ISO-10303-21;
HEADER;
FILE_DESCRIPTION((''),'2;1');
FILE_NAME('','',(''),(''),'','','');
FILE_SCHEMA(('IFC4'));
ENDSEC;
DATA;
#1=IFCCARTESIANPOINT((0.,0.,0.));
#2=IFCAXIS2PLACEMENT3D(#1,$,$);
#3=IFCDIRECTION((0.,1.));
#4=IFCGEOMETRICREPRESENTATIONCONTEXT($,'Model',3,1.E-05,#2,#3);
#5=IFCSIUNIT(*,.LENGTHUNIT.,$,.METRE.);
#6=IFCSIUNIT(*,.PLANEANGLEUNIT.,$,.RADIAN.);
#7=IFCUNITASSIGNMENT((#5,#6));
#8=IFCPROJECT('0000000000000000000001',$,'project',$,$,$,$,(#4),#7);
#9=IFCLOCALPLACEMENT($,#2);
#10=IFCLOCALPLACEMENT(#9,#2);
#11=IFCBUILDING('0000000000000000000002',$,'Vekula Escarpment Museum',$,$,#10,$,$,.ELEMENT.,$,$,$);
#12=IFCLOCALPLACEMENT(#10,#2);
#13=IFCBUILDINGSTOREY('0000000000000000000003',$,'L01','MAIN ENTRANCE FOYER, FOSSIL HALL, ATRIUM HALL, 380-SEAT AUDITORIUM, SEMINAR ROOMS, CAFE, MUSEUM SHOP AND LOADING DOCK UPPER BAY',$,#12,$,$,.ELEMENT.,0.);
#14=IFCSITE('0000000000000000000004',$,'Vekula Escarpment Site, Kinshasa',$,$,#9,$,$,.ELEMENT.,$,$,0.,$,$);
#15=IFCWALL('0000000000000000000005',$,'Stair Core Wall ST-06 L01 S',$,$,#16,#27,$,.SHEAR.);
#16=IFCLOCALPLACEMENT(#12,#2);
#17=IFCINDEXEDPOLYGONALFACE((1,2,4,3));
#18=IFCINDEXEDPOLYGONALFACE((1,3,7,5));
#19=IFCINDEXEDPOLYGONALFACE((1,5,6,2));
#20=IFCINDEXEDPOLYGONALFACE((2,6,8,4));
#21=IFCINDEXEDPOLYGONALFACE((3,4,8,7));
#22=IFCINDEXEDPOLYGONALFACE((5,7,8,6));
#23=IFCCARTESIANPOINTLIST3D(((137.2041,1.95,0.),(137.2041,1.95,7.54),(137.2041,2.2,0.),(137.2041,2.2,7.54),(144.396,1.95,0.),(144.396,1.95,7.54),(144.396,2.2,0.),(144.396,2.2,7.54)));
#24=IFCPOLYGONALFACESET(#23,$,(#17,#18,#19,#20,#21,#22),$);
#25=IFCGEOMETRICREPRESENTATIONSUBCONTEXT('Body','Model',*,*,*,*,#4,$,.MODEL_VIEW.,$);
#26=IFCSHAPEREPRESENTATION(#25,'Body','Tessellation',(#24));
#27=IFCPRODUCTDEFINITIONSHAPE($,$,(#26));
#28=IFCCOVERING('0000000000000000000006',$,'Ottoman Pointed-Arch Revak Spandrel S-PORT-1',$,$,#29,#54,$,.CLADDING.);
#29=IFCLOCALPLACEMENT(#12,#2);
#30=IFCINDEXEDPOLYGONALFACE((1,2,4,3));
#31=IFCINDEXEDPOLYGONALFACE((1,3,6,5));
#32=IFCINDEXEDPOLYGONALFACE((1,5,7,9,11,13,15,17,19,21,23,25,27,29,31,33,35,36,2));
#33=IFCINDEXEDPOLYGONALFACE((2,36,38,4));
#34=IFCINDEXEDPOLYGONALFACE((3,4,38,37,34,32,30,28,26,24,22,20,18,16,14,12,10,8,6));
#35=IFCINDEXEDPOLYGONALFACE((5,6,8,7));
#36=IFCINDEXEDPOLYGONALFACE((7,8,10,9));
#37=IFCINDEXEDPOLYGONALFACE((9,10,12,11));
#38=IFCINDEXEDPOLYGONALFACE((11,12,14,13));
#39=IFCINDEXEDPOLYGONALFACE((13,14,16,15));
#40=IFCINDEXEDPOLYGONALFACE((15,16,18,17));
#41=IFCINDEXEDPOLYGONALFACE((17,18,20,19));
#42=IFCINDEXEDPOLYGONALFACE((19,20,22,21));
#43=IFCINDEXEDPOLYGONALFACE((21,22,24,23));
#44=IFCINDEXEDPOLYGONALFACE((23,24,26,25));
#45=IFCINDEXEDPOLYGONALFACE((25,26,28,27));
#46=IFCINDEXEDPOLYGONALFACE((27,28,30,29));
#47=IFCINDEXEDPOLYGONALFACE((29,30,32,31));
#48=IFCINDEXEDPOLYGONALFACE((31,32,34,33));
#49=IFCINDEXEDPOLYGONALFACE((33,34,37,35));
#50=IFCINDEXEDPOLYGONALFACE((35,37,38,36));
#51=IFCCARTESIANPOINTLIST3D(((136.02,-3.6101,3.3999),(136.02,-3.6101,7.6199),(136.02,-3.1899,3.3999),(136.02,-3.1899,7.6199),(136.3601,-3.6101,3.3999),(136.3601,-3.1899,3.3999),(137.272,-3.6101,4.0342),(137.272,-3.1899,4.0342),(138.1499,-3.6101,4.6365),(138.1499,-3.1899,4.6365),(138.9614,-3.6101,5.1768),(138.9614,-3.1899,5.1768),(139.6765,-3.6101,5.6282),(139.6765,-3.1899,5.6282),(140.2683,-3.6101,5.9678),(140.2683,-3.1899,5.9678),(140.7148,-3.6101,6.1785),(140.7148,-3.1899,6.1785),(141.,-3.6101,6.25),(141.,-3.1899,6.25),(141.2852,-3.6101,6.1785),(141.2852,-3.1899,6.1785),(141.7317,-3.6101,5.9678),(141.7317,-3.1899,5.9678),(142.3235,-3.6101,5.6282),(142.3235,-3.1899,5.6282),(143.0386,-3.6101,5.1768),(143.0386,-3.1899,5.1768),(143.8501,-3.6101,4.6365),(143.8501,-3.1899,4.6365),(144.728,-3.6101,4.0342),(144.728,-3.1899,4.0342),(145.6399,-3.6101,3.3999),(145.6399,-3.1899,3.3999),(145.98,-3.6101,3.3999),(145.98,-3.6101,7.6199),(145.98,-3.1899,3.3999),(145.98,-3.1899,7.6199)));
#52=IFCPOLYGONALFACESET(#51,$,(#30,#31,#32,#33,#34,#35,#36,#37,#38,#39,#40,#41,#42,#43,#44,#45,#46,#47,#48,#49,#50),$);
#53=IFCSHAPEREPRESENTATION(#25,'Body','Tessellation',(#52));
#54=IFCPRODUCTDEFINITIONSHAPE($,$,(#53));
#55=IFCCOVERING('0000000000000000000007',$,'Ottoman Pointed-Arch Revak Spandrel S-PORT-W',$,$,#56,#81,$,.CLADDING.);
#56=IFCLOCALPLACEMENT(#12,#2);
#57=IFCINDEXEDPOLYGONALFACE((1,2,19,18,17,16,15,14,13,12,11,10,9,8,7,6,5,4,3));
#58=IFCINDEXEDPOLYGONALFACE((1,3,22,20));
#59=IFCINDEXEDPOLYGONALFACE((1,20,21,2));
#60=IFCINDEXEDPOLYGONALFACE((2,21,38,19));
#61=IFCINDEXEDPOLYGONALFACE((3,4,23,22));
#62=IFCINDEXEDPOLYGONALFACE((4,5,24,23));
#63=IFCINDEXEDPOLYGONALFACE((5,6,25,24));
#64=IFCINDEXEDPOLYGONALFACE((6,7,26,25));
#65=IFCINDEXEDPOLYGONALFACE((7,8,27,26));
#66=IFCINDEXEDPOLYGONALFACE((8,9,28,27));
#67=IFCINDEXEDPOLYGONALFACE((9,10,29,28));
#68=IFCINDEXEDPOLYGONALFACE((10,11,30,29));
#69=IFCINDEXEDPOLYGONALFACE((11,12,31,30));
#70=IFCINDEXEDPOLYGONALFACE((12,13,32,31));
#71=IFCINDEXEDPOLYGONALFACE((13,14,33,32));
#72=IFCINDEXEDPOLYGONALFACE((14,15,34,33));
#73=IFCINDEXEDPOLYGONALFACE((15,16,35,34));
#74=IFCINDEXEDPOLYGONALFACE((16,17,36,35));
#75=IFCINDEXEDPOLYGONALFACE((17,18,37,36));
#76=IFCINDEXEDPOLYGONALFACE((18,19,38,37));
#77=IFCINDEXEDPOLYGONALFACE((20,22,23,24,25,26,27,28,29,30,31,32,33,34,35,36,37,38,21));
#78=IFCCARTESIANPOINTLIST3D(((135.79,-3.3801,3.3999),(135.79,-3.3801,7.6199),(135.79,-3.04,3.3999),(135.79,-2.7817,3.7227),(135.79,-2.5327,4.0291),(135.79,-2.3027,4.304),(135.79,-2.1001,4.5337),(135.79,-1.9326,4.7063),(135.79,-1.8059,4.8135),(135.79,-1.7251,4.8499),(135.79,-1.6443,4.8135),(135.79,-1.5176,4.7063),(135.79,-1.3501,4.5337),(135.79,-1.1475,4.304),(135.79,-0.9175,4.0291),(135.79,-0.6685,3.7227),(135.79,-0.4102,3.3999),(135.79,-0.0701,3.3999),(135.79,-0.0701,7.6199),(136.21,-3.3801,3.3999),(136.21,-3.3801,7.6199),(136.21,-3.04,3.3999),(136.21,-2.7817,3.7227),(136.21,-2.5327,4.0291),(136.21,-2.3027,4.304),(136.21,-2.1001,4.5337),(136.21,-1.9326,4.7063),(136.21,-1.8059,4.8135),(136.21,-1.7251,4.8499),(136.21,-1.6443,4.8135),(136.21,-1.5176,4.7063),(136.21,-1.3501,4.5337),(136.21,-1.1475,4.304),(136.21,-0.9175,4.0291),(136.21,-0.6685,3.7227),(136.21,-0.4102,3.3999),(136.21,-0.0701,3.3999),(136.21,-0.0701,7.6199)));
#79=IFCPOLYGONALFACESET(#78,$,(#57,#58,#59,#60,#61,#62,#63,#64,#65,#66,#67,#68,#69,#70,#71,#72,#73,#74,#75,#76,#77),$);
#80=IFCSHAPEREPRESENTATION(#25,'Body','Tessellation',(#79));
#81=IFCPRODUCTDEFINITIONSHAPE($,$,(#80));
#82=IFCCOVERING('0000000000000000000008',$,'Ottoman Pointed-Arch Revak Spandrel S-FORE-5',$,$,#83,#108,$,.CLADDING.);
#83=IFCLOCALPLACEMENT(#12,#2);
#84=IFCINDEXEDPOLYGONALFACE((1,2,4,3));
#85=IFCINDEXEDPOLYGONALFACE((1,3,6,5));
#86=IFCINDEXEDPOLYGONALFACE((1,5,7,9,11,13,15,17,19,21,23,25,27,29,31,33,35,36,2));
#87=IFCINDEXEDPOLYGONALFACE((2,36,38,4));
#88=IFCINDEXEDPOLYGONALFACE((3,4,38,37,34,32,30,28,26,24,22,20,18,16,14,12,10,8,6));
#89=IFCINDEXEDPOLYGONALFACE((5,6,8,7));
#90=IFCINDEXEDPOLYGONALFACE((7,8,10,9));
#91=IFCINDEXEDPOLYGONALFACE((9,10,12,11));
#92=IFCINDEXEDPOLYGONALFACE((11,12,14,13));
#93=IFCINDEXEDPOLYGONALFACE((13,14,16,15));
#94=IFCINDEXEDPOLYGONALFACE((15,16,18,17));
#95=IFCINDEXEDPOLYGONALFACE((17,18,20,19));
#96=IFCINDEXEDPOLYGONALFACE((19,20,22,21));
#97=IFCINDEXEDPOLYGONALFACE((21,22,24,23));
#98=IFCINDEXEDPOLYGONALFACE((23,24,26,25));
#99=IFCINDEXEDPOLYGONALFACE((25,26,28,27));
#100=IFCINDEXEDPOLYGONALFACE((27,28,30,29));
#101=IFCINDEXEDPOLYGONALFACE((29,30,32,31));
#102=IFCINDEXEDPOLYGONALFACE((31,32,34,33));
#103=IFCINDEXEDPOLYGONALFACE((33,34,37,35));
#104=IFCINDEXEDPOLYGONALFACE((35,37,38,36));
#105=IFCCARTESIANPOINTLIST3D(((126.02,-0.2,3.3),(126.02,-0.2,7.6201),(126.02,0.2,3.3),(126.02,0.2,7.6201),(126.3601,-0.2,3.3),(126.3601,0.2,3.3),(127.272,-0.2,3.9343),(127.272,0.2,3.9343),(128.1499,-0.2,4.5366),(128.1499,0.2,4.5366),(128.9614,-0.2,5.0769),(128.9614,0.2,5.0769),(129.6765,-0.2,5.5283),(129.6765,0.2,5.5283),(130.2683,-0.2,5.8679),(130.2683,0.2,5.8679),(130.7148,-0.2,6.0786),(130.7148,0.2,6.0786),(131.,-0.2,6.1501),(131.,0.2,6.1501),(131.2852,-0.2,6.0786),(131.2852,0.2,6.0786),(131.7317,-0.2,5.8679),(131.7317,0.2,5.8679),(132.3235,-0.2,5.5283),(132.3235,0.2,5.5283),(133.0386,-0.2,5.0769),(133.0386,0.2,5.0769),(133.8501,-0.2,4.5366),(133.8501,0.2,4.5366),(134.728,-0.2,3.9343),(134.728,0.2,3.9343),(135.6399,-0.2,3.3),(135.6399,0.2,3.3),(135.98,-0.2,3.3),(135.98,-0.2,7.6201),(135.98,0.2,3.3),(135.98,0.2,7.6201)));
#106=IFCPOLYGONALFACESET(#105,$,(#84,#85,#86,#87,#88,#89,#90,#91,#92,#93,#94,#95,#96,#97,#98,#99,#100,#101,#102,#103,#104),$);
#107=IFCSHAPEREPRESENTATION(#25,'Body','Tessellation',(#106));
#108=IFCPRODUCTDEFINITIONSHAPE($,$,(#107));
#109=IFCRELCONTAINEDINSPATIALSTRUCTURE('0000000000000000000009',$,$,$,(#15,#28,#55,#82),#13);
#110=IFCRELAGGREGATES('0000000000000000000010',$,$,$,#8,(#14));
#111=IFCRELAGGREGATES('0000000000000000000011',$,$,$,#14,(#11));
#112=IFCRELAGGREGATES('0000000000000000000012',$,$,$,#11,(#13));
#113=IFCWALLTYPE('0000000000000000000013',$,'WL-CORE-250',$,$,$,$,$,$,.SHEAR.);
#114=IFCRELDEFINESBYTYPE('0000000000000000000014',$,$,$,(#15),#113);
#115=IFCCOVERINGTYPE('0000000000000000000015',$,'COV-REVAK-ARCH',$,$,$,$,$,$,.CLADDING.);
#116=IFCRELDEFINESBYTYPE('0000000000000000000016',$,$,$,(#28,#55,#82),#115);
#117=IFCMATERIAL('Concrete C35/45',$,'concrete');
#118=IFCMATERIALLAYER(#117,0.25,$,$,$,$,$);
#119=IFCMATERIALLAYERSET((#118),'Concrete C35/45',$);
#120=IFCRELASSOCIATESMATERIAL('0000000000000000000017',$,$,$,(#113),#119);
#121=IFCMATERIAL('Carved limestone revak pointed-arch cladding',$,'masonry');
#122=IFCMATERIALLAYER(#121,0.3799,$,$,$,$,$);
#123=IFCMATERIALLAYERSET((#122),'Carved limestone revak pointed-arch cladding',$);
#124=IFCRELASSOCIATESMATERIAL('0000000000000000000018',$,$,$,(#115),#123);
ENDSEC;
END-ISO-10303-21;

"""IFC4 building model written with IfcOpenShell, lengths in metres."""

from ifc_helpers import new_model, si_unit, direction, frame, frame_2d, origin, place, context, subcontext, project, spatial, polyline, rectangle, outline, extrude, material, layer, layer_set, type_object, element, save


model = new_model("IFC4")

# Units and contexts
model_context = context("Model", 3, precision=1e-05, world=origin(), true_north=direction((0.0, 1.0)))
body_context = subcontext(model_context, "Body", "Model", "MODEL_VIEW")
ifc_project = project(units=[si_unit("LENGTHUNIT", "METRE"), si_unit("PLANEANGLEUNIT", "RADIAN")], contexts=[model_context])

# Site, building, storey
site_placement = place(None, origin())
site = spatial("IfcSite", under=ifc_project, at=site_placement, Name="Vekula Escarpment Site, Kinshasa", CompositionType="ELEMENT", RefElevation=0.0)
building_placement = place(site_placement, origin())
building = spatial("IfcBuilding", under=site, at=building_placement, Name="Vekula Escarpment Museum", CompositionType="ELEMENT")
storey_placement = place(building_placement, origin())
storey = spatial("IfcBuildingStorey", under=building, at=storey_placement, Name="L01", Description="MAIN ENTRANCE FOYER, FOSSIL HALL, ATRIUM HALL, 380-SEAT AUDITORIUM, SEMINAR ROOMS, CAFE, MUSEUM SHOP AND LOADING DOCK UPPER BAY", CompositionType="ELEMENT", Elevation=0.0)

# Shared definitions
ifc_material_1 = material(Name="Concrete C35/45", Category="concrete")
ifc_layer_1 = layer(ifc_material_1, 0.25)
ifc_layer_set_1 = layer_set([ifc_layer_1], Name="Concrete C35/45")
wall_type_1 = type_object("IfcWallType", Name="WL-CORE-250", PredefinedType="SHEAR", material=ifc_layer_set_1)

# Wall
wall_1_placement = place(storey_placement, frame((137.2041, 2.075, 0.0), z_axis=(0.0, 0.0, 1.0), x_axis=(1.0, 0.0, 0.0)))
element("IfcWall", 1, at=wall_1_placement, inside=storey, type_object=wall_type_1, Name="Stair Core Wall ST-06 L01 S", PredefinedType="SHEAR", context=body_context, shape_type="SweptSolid", body=[
    extrude(rectangle(XDim=7.1919, YDim=0.25, at=frame_2d((3.5959, 0.0))), origin(), (0.0, 0.0, 1.0), 7.54),
])

# Coverings
ifc_material_2 = material(Name="Carved limestone revak pointed-arch cladding", Category="masonry")
ifc_layer_2 = layer(ifc_material_2, 0.3799)
ifc_layer_set_2 = layer_set([ifc_layer_2], Name="Carved limestone revak pointed-arch cladding")
covering_type = type_object("IfcCoveringType", Name="COV-REVAK-ARCH", PredefinedType="CLADDING", material=ifc_layer_set_2)
covering_1_placement = place(storey_placement, frame((141.0, -3.1899, 3.3999), z_axis=(0.0, -1.0, 0.0), x_axis=(1.0, 0.0, 0.0)))
element("IfcCovering", 2, at=covering_1_placement, inside=storey, type_object=covering_type, Name="Ottoman Pointed-Arch Revak Spandrel S-PORT-1", PredefinedType="CLADDING", context=body_context, shape_type="SweptSolid", body=[
    extrude(outline(polyline([(-4.98, 4.22), (4.98, 4.22), (4.98, 0.0), (4.6399, 0.0), (3.728, 0.6343), (2.8501, 1.2366), (2.0386, 1.7769), (1.3235, 2.2283), (0.7317, 2.5679), (0.2852, 2.7786), (0.0, 2.8501), (-0.2852, 2.7786), (-0.7317, 2.5679), (-1.3235, 2.2283), (-2.0386, 1.7769), (-2.8501, 1.2366), (-3.728, 0.6343), (-4.6399, 0.0), (-4.98, 0.0), (-4.98, 4.22)])), origin(), (0.0, 0.0, 1.0), 0.4202),
])
covering_2_placement = place(storey_placement, frame((135.79, -1.7251, 3.3999), z_axis=(1.0, 0.0, 0.0), x_axis=(0.0, 1.0, 0.0)))
element("IfcCovering", 3, at=covering_2_placement, inside=storey, type_object=covering_type, Name="Ottoman Pointed-Arch Revak Spandrel S-PORT-W", PredefinedType="CLADDING", context=body_context, shape_type="SweptSolid", body=[
    extrude(outline(polyline([(-1.655, 4.22), (1.655, 4.22), (1.655, 0.0), (1.3149, 0.0), (1.0566, 0.3228), (0.8076, 0.6292), (0.5776, 0.9041), (0.375, 1.1338), (0.2075, 1.3064), (0.0808, 1.4136), (0.0, 1.45), (-0.0808, 1.4136), (-0.2075, 1.3064), (-0.375, 1.1338), (-0.5776, 0.9041), (-0.8076, 0.6292), (-1.0566, 0.3228), (-1.3149, 0.0), (-1.655, 0.0), (-1.655, 4.22)])), origin(), (0.0, 0.0, 1.0), 0.4199),
])
covering_3_placement = place(storey_placement, frame((131.0, 0.2, 3.3), z_axis=(0.0, -1.0, 0.0), x_axis=(1.0, 0.0, 0.0)))
element("IfcCovering", 4, at=covering_3_placement, inside=storey, type_object=covering_type, Name="Ottoman Pointed-Arch Revak Spandrel S-FORE-5", PredefinedType="CLADDING", context=body_context, shape_type="SweptSolid", body=[
    extrude(outline(polyline([(-4.98, 4.3201), (4.98, 4.3201), (4.98, 0.0), (4.6399, 0.0), (3.728, 0.6343), (2.8501, 1.2366), (2.0386, 1.7769), (1.3235, 2.2283), (0.7317, 2.5679), (0.2852, 2.7786), (0.0, 2.8501), (-0.2852, 2.7786), (-0.7317, 2.5679), (-1.3235, 2.2283), (-2.0386, 1.7769), (-2.8501, 1.2366), (-3.728, 0.6343), (-4.6399, 0.0), (-4.98, 0.0), (-4.98, 4.3201)])), origin(), (0.0, 0.0, 1.0), 0.3999),
])

save(model, "model.ifc")
